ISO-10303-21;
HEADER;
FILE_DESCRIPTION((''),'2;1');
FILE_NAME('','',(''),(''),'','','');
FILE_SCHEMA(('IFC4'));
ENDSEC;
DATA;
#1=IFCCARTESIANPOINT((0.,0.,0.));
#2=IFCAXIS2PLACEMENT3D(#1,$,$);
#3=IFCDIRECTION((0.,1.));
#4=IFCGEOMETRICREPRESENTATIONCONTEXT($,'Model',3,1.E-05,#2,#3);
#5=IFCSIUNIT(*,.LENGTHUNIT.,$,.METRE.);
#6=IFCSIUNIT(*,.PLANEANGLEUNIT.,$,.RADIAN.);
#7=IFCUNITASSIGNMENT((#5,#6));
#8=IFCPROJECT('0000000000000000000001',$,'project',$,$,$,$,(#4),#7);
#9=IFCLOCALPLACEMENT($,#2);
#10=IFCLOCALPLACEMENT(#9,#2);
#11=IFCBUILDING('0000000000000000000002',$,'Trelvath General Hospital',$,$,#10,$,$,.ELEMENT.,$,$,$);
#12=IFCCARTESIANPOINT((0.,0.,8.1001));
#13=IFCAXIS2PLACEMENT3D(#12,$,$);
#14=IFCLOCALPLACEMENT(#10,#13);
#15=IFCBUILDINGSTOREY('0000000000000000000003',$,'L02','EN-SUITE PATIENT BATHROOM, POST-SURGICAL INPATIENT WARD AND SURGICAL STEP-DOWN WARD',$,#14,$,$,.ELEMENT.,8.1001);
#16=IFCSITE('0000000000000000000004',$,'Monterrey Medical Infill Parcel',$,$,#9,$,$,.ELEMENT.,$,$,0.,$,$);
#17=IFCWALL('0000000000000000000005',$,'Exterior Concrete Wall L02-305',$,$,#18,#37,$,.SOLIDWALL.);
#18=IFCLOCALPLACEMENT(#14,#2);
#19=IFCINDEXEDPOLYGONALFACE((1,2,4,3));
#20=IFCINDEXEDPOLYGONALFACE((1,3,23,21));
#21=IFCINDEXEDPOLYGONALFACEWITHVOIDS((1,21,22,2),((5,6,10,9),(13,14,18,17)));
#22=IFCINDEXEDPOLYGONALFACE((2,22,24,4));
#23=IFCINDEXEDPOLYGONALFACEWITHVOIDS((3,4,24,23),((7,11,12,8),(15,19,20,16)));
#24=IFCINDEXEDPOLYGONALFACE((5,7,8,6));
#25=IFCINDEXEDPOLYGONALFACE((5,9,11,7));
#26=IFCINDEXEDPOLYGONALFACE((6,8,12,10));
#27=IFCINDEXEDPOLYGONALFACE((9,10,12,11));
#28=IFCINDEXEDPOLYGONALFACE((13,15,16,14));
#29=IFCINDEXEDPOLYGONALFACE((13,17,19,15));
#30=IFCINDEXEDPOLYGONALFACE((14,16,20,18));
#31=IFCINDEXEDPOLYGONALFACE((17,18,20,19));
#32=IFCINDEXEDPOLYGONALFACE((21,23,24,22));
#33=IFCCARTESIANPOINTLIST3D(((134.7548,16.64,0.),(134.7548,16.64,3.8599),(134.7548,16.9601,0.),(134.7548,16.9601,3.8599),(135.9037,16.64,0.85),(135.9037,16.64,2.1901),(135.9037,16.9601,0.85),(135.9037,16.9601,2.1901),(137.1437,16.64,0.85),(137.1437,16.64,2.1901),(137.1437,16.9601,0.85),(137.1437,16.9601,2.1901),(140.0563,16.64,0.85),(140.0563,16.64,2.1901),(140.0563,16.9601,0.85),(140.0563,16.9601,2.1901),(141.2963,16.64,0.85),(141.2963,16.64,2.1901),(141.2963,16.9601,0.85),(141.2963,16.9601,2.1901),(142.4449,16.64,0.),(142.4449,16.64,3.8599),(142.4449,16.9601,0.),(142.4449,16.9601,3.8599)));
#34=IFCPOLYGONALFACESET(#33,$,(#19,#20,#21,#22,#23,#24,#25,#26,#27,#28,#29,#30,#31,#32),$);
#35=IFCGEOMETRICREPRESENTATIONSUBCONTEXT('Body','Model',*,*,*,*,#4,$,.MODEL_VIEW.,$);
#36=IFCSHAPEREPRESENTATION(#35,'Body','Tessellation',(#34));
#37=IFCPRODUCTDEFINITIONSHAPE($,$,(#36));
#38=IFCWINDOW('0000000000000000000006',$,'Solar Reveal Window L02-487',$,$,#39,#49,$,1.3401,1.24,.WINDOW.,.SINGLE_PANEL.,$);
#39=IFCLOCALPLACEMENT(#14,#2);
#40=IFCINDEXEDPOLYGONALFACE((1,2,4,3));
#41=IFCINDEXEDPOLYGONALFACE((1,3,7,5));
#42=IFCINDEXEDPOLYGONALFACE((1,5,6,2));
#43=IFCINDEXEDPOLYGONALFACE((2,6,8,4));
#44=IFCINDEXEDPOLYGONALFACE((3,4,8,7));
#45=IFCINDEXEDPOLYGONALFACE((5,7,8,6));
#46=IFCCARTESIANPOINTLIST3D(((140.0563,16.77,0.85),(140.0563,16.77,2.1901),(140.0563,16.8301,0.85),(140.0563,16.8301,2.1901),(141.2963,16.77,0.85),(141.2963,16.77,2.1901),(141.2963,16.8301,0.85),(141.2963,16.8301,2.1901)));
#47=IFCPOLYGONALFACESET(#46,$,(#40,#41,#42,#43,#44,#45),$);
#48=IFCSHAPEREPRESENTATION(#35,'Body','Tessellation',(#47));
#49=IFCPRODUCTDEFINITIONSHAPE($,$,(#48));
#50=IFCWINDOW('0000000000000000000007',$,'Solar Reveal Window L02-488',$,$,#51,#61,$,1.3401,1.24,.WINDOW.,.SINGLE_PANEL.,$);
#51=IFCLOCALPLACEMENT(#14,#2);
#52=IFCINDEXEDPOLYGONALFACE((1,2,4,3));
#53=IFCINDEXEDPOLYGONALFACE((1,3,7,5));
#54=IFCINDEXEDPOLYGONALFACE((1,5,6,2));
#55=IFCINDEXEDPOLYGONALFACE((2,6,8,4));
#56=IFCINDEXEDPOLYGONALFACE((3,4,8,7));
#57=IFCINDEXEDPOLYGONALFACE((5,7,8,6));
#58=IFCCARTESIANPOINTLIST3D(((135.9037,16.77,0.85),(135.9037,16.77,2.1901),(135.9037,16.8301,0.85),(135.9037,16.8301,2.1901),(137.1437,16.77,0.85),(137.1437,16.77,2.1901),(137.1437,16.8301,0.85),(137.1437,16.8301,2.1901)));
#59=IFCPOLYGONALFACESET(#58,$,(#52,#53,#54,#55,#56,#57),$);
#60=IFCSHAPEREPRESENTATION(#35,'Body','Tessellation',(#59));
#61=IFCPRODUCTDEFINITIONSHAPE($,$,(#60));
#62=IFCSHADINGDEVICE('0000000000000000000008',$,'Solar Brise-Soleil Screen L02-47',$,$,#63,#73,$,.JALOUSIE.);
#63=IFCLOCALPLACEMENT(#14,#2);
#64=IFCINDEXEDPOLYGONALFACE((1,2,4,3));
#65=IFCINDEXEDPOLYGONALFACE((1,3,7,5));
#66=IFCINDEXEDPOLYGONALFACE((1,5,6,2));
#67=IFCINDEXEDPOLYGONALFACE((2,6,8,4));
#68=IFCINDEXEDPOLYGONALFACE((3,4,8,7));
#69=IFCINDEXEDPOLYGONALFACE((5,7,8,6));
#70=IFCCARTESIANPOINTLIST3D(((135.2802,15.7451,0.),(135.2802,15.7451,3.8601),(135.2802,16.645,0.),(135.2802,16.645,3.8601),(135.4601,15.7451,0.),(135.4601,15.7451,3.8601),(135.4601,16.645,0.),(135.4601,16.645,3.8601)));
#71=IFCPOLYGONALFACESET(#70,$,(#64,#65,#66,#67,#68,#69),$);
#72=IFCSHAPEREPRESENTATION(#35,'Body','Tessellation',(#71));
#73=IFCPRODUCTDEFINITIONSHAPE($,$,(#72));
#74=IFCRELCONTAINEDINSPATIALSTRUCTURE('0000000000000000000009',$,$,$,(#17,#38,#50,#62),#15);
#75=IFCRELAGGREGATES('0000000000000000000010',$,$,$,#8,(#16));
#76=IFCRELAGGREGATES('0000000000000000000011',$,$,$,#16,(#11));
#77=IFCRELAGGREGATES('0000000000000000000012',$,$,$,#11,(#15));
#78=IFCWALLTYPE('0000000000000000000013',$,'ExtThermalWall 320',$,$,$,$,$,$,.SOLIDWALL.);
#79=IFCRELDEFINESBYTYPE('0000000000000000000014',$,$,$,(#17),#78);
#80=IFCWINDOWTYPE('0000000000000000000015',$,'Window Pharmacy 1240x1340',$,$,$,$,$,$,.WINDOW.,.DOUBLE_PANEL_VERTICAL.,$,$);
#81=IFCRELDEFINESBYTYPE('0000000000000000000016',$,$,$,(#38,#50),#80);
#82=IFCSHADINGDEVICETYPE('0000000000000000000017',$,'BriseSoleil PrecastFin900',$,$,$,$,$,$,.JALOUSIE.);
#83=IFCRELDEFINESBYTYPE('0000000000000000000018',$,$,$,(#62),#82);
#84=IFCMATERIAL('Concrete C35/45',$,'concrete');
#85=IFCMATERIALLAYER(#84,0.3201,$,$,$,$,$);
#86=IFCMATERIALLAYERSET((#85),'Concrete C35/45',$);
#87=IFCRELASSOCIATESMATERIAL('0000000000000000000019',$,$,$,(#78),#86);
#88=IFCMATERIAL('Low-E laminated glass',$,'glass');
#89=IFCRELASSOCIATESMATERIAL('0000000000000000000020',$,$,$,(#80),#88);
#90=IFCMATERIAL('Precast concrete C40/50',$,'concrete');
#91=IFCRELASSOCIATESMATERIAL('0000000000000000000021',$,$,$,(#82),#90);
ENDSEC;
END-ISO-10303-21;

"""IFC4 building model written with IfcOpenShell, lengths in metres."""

from ifc_helpers import new_model, si_unit, direction, frame, frame_2d, origin, origin_2d, place, context, subcontext, project, spatial, rectangle, extrude, material, layer, layer_set, type_object, element, fill, save


model = new_model("IFC4")

# Units and contexts
model_context = context("Model", 3, precision=1e-05, world=origin(), true_north=direction((0.0, 1.0)))
body_context = subcontext(model_context, "Body", "Model", "MODEL_VIEW")
ifc_project = project(units=[si_unit("LENGTHUNIT", "METRE"), si_unit("PLANEANGLEUNIT", "RADIAN")], contexts=[model_context])

# Site, building, storey
site_placement = place(None, origin())
site = spatial("IfcSite", under=ifc_project, at=site_placement, Name="Monterrey Medical Infill Parcel", CompositionType="ELEMENT", RefElevation=0.0)
building_placement = place(site_placement, origin())
building = spatial("IfcBuilding", under=site, at=building_placement, Name="Trelvath General Hospital", CompositionType="ELEMENT")
storey_placement = place(building_placement, frame((0.0, 0.0, 8.1001)))
storey = spatial("IfcBuildingStorey", under=building, at=storey_placement, Name="L02", Description="EN-SUITE PATIENT BATHROOM, POST-SURGICAL INPATIENT WARD AND SURGICAL STEP-DOWN WARD", CompositionType="ELEMENT", Elevation=8.1001)

# Wall, openings, windows
ifc_material_1 = material(Name="Concrete C35/45", Category="concrete")
ifc_layer_1 = layer(ifc_material_1, 0.3201)
ifc_layer_set_1 = layer_set([ifc_layer_1], Name="Concrete C35/45")
wall_type_1 = type_object("IfcWallType", Name="ExtThermalWall 320", PredefinedType="SOLIDWALL", material=ifc_layer_set_1)
wall_1_placement = place(storey_placement, frame((142.4451, 16.8, 0.0), z_axis=(0.0, 0.0, 1.0), x_axis=(-1.0, 0.0, 0.0)))
wall_1 = element("IfcWall", 1, at=wall_1_placement, inside=storey, type_object=wall_type_1, Name="Exterior Concrete Wall L02-305", PredefinedType="SOLIDWALL", context=body_context, shape_type="SweptSolid", body=[
    extrude(rectangle(XDim=7.6902, YDim=0.3201, at=frame_2d((3.8452, 0.0))), origin(), (0.0, 0.0, 1.0), 3.8599),
])
opening_1_placement = place(wall_1_placement, frame((1.1487, 0.0, 0.8501)))
opening_1 = element("IfcOpeningElement", 2, at=opening_1_placement, cuts=wall_1, PredefinedType="OPENING", context=body_context, shape_type="SweptSolid", body=[
    extrude(rectangle(XDim=1.24, YDim=1.3401, at=frame_2d((0.6201, 0.6699))), frame((0.0, 0.1699, 0.0), z_axis=(0.0, -1.0, 0.0), x_axis=(1.0, 0.0, 0.0)), (0.0, 0.0, 1.0), 0.3401),
])
opening_2_placement = place(wall_1_placement, frame((5.3013, 0.0, 0.8501)))
opening_2 = element("IfcOpeningElement", 3, at=opening_2_placement, cuts=wall_1, PredefinedType="OPENING", context=body_context, shape_type="SweptSolid", body=[
    extrude(rectangle(XDim=1.24, YDim=1.3401, at=frame_2d((0.6201, 0.6699))), frame((0.0, 0.1699, 0.0), z_axis=(0.0, -1.0, 0.0), x_axis=(1.0, 0.0, 0.0)), (0.0, 0.0, 1.0), 0.3401),
])
ifc_material_2 = material(Name="Low-E laminated glass", Category="glass")
window_type = type_object("IfcWindowType", Name="Window Pharmacy 1240x1340", PartitioningType="DOUBLE_PANEL_VERTICAL", PredefinedType="WINDOW", material=ifc_material_2)
window_1_placement = place(opening_1_placement, origin())
window_1 = element("IfcWindow", 4, at=window_1_placement, inside=storey, type_object=window_type, Name="Solar Reveal Window L02-487", OverallHeight=1.3401, OverallWidth=1.24, PartitioningType="SINGLE_PANEL", PredefinedType="WINDOW", context=body_context, shape_type="SweptSolid", body=[
    extrude(rectangle(XDim=1.24, YDim=1.3401, at=frame_2d((0.6201, 0.6699))), frame((0.0, 0.03, 0.0), z_axis=(0.0, -1.0, 0.0), x_axis=(1.0, 0.0, 0.0)), (0.0, 0.0, 1.0), 0.0601),
])
fill(opening_1, window_1)
window_2_placement = place(opening_2_placement, origin())
window_2 = element("IfcWindow", 5, at=window_2_placement, inside=storey, type_object=window_type, Name="Solar Reveal Window L02-488", OverallHeight=1.3401, OverallWidth=1.24, PartitioningType="SINGLE_PANEL", PredefinedType="WINDOW", context=body_context, shape_type="SweptSolid", body=[
    extrude(rectangle(XDim=1.24, YDim=1.3401, at=frame_2d((0.6201, 0.6699))), frame((0.0, 0.03, 0.0), z_axis=(0.0, -1.0, 0.0), x_axis=(1.0, 0.0, 0.0)), (0.0, 0.0, 1.0), 0.0601),
])
fill(opening_2, window_2)

# Shading device
ifc_material_3 = material(Name="Precast concrete C40/50", Category="concrete")
shading_device_type = type_object("IfcShadingDeviceType", Name="BriseSoleil PrecastFin900", PredefinedType="JALOUSIE", material=ifc_material_3)
shading_device_placement = place(storey_placement, frame((135.3701, 16.1951, 0.0), z_axis=(0.0, 0.0, 1.0), x_axis=(0.0, -1.0, 0.0)))
element("IfcShadingDevice", 6, at=shading_device_placement, inside=storey, type_object=shading_device_type, Name="Solar Brise-Soleil Screen L02-47", PredefinedType="JALOUSIE", context=body_context, shape_type="SweptSolid", body=[
    extrude(rectangle(XDim=0.8999, YDim=0.1799, at=origin_2d()), origin(), (0.0, 0.0, 1.0), 3.8601),
])

save(model, "model.ifc")
